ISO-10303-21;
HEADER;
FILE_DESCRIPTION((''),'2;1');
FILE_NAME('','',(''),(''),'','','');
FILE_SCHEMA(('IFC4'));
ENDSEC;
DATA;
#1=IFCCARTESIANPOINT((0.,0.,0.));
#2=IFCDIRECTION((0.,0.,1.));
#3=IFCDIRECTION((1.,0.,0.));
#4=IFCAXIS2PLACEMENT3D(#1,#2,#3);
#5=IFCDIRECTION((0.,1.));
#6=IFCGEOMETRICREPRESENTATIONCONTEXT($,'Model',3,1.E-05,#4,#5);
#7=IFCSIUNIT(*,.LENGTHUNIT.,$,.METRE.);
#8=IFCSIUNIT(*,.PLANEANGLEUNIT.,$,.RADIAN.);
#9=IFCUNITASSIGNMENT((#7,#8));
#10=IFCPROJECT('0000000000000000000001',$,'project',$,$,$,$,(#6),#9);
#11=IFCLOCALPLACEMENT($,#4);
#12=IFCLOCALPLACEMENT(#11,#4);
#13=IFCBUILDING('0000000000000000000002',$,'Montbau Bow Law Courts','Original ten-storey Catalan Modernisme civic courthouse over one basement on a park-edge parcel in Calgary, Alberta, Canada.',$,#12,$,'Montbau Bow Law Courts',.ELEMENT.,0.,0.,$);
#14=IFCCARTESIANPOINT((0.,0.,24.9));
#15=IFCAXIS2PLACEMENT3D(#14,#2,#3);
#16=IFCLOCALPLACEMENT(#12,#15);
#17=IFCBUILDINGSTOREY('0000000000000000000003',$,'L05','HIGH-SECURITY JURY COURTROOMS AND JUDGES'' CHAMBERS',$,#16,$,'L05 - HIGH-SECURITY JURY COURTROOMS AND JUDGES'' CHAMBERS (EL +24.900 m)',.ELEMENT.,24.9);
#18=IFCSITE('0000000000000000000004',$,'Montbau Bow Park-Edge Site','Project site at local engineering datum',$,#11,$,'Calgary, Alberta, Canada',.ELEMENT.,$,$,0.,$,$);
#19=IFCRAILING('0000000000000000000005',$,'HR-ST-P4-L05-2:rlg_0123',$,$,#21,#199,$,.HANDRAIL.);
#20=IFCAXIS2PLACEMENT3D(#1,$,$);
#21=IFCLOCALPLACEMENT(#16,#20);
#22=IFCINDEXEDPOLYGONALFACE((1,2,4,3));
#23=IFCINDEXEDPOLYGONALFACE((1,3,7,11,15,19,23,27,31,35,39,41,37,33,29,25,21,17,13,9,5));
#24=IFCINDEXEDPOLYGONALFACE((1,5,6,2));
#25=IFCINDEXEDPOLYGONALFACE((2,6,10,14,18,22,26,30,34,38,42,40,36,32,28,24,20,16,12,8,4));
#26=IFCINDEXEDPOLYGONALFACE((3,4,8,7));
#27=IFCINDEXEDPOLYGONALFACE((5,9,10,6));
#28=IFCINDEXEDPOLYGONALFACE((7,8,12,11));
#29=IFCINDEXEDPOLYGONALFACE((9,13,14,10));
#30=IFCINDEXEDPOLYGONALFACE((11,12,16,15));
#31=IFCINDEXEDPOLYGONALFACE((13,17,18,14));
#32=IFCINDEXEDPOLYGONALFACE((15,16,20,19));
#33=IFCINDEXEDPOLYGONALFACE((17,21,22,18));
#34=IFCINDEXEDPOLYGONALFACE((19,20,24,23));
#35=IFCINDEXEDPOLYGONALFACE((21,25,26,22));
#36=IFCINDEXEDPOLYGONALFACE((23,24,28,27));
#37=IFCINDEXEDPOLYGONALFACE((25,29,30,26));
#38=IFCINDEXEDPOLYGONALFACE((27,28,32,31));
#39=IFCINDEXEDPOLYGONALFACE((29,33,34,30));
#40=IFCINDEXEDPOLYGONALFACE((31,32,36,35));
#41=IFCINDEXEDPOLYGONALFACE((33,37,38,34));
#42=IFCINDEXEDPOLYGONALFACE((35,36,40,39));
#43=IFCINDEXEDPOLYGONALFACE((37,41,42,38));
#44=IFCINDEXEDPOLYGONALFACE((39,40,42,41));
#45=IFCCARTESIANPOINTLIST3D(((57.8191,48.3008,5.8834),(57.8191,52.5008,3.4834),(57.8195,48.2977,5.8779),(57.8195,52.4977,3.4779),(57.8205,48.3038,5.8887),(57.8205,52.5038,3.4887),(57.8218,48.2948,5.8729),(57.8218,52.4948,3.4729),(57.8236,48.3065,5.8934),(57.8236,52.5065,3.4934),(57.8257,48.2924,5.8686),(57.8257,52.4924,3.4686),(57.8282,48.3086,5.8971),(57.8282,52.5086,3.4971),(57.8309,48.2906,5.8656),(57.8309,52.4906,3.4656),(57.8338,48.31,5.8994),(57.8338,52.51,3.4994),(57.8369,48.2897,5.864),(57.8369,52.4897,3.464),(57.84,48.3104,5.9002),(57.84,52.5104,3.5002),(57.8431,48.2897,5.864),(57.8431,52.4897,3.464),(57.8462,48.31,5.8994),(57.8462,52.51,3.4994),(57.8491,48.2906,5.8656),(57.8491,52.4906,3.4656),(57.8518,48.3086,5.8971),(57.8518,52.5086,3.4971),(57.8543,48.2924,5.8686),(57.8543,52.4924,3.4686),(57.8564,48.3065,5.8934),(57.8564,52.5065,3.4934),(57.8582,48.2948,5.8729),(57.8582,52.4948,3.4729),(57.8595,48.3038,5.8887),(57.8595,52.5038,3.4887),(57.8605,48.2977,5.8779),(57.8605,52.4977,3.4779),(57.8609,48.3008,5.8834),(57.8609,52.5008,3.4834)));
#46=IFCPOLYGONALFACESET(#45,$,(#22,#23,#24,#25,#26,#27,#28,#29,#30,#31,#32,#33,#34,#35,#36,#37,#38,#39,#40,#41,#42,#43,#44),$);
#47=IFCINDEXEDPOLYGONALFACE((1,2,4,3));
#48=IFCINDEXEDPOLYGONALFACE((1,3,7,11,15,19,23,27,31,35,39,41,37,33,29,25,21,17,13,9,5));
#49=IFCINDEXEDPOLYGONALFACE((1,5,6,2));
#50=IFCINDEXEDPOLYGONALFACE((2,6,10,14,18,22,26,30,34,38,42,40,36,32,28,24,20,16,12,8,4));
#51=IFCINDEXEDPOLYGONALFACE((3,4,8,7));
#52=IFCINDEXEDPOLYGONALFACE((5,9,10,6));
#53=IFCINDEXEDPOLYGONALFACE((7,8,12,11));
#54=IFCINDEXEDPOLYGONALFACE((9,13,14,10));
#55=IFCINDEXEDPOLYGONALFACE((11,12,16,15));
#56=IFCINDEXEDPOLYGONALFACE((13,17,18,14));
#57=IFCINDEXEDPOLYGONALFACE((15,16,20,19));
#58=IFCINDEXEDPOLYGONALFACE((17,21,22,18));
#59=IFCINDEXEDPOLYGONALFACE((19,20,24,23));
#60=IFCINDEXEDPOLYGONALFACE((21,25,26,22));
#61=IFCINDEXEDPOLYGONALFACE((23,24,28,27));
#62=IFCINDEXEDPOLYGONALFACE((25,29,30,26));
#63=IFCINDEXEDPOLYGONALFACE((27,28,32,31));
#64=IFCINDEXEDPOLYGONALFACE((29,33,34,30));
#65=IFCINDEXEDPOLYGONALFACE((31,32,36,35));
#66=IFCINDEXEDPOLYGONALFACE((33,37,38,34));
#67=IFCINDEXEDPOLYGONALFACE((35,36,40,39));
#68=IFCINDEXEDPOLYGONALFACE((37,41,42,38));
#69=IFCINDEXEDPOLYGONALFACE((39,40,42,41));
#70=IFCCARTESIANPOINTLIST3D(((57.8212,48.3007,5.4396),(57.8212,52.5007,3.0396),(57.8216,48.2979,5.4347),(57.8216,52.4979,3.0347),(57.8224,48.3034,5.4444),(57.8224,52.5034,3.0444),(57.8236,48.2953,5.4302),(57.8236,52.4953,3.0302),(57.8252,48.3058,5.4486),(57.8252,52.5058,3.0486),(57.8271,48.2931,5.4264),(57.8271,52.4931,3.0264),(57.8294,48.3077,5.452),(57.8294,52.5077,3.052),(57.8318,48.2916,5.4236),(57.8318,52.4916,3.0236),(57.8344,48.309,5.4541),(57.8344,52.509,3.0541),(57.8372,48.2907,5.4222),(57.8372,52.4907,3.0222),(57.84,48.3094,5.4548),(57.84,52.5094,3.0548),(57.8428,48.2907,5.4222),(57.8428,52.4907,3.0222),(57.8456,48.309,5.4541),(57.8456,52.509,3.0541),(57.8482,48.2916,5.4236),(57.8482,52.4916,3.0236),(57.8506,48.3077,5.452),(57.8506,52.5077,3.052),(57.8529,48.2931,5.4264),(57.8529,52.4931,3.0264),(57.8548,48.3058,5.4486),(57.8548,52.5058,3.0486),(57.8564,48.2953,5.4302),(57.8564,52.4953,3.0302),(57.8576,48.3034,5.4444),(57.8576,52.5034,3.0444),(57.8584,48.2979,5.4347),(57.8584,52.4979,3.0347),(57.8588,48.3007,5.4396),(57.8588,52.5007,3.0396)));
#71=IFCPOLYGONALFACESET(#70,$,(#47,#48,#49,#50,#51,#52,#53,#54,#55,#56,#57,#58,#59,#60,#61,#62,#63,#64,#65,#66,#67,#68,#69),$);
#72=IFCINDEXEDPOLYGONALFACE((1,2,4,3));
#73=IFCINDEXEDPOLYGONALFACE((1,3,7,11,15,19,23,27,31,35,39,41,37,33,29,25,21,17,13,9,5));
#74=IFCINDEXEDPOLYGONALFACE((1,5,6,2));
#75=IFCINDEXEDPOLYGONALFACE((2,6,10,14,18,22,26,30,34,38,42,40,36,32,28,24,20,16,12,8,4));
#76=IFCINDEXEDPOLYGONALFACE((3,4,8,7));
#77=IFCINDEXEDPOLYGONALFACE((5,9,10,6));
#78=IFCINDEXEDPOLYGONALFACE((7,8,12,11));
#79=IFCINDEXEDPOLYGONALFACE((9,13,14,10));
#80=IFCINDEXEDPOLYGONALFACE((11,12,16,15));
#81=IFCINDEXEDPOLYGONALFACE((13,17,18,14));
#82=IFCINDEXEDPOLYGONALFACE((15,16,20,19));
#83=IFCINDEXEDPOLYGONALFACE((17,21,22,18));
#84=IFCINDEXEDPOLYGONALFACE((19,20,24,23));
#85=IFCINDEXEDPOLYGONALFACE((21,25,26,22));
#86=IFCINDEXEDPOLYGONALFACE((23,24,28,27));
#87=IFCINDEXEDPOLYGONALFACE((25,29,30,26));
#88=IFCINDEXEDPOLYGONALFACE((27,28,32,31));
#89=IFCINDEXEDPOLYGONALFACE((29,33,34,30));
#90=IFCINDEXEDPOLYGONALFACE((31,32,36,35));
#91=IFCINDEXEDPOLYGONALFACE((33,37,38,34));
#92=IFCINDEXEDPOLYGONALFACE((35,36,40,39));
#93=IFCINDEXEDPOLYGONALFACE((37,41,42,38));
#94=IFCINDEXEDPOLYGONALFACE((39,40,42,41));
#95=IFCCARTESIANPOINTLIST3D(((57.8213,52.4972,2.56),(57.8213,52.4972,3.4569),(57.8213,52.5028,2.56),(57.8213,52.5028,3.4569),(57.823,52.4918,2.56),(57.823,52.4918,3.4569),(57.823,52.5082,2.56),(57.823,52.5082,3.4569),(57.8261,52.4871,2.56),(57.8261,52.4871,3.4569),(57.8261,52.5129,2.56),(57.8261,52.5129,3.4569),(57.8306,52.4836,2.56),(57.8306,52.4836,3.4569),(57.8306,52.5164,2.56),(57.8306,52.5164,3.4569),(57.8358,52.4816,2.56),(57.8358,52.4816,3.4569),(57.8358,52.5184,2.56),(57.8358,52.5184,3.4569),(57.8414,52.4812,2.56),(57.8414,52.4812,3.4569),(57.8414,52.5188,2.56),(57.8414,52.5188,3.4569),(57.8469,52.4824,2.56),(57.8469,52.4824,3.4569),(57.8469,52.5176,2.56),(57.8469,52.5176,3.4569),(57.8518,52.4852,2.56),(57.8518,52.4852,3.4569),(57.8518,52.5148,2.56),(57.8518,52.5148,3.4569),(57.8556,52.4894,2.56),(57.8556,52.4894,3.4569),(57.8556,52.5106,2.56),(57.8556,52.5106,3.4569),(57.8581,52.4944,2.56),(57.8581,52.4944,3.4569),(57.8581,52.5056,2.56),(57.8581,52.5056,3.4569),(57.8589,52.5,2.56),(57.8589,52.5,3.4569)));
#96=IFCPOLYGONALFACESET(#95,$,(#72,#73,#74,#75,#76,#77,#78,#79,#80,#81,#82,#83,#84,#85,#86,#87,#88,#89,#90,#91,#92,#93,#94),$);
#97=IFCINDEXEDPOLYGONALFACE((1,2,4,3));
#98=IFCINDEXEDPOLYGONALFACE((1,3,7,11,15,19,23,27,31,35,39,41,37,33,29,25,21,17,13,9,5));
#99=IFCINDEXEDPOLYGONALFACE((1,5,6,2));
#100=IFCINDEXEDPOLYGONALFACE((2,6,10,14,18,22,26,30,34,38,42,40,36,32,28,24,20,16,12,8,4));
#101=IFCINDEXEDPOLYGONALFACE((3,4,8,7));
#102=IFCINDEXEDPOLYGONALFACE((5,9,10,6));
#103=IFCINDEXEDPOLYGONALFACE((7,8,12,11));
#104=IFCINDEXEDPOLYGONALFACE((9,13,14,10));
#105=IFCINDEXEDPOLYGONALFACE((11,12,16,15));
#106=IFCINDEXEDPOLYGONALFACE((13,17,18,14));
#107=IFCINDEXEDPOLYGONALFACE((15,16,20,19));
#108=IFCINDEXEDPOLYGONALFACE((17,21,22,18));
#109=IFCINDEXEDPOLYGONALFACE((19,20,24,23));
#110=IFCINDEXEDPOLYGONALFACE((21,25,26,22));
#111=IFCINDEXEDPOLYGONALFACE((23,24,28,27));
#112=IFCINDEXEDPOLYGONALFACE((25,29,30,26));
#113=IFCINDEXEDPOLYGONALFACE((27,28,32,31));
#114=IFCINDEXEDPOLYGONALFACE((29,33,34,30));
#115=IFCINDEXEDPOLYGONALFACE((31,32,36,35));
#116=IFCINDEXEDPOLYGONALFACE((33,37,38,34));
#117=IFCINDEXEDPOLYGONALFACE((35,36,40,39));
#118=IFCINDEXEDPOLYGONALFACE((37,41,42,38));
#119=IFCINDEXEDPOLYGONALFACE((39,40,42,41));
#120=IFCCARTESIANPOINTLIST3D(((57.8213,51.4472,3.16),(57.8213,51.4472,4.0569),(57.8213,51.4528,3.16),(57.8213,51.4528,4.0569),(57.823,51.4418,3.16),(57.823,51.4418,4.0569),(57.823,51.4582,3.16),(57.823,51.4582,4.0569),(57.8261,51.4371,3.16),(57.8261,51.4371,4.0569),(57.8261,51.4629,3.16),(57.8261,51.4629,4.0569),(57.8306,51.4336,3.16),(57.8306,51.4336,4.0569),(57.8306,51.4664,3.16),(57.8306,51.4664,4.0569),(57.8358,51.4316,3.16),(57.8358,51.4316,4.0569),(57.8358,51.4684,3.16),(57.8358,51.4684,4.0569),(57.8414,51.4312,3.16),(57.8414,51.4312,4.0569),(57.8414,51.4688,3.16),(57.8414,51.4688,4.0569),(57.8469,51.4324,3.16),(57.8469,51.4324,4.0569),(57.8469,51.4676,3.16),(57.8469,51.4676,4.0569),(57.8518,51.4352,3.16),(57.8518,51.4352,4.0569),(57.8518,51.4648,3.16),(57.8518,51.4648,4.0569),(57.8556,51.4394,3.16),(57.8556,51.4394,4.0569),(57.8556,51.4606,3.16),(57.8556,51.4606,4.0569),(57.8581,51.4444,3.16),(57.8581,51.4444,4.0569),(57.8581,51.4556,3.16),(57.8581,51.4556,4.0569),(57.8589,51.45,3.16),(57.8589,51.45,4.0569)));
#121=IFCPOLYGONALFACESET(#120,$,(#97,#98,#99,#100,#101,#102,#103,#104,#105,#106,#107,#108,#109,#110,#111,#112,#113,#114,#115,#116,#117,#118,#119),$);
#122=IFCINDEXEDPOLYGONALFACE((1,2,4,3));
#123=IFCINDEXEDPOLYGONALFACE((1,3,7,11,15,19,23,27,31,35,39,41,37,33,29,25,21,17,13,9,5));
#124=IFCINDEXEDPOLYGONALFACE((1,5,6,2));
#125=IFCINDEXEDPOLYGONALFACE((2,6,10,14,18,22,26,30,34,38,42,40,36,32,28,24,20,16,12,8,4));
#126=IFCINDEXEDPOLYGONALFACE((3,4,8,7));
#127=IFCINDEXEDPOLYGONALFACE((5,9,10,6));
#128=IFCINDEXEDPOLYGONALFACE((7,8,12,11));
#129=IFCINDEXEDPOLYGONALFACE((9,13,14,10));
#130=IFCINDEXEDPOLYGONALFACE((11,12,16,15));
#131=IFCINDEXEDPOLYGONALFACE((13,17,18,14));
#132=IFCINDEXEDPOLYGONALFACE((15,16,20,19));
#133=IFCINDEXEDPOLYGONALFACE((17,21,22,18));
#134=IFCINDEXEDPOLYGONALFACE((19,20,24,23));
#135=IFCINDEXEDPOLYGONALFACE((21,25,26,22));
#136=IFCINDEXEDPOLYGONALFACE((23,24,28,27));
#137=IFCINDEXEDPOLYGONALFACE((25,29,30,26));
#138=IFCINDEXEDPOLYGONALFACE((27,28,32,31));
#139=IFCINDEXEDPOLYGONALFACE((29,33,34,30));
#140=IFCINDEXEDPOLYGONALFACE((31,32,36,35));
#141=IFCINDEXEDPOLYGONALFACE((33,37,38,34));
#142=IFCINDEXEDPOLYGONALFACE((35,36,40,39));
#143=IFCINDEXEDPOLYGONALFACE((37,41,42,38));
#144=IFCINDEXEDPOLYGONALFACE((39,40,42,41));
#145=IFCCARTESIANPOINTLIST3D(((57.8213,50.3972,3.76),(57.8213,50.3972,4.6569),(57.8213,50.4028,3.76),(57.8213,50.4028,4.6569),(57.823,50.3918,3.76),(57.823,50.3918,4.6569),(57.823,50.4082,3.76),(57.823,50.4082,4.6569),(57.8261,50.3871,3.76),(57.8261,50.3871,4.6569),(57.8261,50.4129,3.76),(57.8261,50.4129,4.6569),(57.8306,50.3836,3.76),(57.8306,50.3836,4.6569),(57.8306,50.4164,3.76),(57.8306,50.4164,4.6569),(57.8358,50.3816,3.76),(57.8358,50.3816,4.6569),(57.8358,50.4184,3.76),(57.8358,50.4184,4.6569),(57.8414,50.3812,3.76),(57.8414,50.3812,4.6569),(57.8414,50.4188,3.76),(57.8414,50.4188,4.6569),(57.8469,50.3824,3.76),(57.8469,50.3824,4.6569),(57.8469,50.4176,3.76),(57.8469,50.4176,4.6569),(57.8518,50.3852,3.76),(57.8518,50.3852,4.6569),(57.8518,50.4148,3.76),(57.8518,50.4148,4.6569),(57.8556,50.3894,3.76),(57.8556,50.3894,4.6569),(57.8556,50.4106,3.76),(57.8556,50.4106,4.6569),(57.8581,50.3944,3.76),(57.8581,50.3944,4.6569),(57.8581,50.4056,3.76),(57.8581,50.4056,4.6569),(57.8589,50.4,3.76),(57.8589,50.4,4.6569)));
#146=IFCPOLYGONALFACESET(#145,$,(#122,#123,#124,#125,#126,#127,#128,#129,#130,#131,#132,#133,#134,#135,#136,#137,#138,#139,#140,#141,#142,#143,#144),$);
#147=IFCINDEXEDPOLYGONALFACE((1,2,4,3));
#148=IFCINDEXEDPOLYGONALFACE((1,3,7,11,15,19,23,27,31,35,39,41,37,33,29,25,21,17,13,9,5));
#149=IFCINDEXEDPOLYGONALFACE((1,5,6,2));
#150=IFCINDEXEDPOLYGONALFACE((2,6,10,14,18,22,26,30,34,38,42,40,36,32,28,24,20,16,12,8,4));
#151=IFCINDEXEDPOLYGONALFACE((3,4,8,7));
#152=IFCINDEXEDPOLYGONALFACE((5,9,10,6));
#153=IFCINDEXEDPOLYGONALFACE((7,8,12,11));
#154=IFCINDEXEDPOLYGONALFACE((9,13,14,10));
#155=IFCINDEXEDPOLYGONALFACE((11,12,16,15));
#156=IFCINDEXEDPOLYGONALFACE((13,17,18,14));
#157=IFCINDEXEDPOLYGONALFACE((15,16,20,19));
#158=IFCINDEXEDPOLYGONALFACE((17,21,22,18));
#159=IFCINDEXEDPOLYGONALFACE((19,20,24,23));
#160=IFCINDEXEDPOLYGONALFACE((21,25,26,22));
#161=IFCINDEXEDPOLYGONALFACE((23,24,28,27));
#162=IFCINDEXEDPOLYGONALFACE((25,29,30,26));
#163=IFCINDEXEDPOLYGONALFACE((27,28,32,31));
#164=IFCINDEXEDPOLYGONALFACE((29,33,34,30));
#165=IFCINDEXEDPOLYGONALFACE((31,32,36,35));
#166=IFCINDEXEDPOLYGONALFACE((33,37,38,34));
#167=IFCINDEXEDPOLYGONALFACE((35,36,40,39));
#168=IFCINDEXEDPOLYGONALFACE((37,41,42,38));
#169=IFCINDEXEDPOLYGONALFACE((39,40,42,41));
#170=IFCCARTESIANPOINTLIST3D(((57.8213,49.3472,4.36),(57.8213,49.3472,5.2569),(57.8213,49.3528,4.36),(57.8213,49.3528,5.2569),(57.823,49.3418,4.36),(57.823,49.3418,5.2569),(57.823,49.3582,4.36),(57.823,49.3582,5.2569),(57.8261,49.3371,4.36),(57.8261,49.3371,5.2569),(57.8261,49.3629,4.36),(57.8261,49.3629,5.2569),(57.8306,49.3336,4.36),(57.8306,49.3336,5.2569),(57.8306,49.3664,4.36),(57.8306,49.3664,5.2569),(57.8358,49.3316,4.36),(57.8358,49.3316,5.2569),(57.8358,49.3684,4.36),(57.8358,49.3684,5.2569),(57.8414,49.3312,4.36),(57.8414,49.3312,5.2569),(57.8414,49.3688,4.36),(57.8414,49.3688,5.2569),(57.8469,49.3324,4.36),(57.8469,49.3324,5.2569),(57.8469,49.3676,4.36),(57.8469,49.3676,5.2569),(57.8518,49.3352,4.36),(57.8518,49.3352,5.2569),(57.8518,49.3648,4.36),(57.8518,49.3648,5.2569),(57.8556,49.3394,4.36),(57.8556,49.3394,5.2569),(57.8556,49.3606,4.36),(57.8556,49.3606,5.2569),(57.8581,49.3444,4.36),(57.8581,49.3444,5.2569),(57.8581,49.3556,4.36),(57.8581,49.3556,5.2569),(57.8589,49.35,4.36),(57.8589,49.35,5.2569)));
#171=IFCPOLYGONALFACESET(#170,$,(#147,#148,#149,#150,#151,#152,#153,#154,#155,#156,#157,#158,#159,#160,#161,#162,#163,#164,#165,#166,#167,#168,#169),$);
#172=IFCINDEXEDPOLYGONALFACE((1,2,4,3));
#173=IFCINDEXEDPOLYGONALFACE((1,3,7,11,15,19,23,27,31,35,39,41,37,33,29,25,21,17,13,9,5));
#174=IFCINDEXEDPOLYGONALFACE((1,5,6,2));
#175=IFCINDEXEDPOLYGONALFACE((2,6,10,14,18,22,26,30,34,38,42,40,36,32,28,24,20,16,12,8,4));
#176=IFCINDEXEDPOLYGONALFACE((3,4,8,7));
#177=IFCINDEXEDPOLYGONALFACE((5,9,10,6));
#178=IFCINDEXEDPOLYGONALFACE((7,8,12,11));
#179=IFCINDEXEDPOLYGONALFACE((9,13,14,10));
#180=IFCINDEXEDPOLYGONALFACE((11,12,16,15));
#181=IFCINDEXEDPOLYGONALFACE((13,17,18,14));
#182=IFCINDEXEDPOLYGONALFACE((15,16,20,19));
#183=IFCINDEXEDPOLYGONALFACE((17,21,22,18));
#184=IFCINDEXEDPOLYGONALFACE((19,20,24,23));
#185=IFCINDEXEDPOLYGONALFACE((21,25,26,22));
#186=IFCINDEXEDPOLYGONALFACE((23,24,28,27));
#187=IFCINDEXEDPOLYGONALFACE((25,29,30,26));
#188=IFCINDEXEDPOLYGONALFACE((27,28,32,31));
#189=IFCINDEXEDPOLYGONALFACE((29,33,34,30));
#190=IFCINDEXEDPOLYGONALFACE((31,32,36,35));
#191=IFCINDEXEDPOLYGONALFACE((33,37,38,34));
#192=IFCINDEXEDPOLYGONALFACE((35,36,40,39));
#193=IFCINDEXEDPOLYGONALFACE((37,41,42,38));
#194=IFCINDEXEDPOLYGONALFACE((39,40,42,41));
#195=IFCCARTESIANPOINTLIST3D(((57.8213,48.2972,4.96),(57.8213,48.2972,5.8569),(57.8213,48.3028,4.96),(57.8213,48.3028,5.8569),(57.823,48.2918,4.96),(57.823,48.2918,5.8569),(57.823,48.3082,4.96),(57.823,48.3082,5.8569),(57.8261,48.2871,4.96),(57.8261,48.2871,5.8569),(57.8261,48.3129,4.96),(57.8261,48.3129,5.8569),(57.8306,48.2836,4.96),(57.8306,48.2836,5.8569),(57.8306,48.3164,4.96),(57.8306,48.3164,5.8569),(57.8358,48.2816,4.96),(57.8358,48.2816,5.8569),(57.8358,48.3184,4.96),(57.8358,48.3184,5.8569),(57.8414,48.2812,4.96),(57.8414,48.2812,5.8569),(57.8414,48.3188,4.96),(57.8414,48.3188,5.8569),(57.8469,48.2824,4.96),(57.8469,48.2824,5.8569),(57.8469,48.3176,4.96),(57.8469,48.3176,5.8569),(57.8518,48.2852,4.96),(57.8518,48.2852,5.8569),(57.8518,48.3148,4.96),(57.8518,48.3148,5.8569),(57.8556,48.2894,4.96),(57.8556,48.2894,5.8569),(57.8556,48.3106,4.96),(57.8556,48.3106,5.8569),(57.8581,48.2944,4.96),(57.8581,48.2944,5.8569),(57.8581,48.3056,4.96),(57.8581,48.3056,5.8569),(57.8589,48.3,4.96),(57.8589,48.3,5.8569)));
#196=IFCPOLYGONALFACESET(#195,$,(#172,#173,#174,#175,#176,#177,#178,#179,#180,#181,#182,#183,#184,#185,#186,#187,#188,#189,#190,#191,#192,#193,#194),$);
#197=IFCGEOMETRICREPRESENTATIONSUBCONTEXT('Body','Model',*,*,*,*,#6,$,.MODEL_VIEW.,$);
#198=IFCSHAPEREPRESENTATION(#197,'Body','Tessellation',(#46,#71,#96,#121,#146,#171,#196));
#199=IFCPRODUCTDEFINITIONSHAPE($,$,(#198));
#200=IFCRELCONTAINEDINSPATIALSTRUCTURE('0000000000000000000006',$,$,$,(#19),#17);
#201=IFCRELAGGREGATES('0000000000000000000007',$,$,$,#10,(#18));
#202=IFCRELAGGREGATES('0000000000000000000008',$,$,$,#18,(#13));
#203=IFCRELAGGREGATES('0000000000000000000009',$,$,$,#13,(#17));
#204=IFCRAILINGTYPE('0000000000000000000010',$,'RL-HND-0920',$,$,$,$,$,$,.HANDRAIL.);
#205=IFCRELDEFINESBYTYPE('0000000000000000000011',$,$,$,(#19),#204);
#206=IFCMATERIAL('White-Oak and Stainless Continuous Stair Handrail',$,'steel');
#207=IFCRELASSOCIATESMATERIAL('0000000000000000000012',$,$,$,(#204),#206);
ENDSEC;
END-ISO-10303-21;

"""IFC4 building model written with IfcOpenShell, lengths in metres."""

from ifc_helpers import new_model, si_unit, direction, frame, origin_with_axes, origin_2d_with_axis, place, context, subcontext, project, spatial, circle, extrude, material, type_object, element, save


model = new_model("IFC4")

# Units and contexts
model_context = context("Model", 3, precision=1e-05, world=origin_with_axes(), true_north=direction((0.0, 1.0)))
body_context = subcontext(model_context, "Body", "Model", "MODEL_VIEW")
ifc_project = project(units=[si_unit("LENGTHUNIT", "METRE"), si_unit("PLANEANGLEUNIT", "RADIAN")], contexts=[model_context])

# Site, building, storey
site_placement = place(None, origin_with_axes())
site = spatial("IfcSite", under=ifc_project, at=site_placement, Name="Montbau Bow Park-Edge Site", Description="Project site at local engineering datum", LongName="Calgary, Alberta, Canada", CompositionType="ELEMENT", RefElevation=0.0)
building_placement = place(site_placement, origin_with_axes())
building = spatial("IfcBuilding", under=site, at=building_placement, Name="Montbau Bow Law Courts", Description="Original ten-storey Catalan Modernisme civic courthouse over one basement on a park-edge parcel in Calgary, Alberta, Canada.", LongName="Montbau Bow Law Courts", CompositionType="ELEMENT", ElevationOfRefHeight=0.0, ElevationOfTerrain=0.0)
storey_placement = place(building_placement, frame((0.0, 0.0, 24.9), z_axis=(0.0, 0.0, 1.0), x_axis=(1.0, 0.0, 0.0)))
storey = spatial("IfcBuildingStorey", under=building, at=storey_placement, Name="L05", Description="HIGH-SECURITY JURY COURTROOMS AND JUDGES' CHAMBERS", LongName="L05 - HIGH-SECURITY JURY COURTROOMS AND JUDGES' CHAMBERS (EL +24.900 m)", CompositionType="ELEMENT", Elevation=24.9)

# Railing
ifc_material_1 = material(Name="White-Oak and Stainless Continuous Stair Handrail", Category="steel")
railing_type_1 = type_object("IfcRailingType", Name="RL-HND-0920", PredefinedType="HANDRAIL", material=ifc_material_1)
railing_1_placement = place(None, origin_with_axes())
element("IfcRailing", 1, at=railing_1_placement, inside=storey, type_object=railing_type_1, Name="HR-ST-P4-L05-2:rlg_0123", PredefinedType="HANDRAIL", context=body_context, shape_type="SweptSolid", body=[
    extrude(circle(Radius=0.021, at=origin_2d_with_axis()), frame((57.84, 52.5, 28.382), z_axis=(0.0, -0.868243, 0.496139), x_axis=(0.0, 0.496139, 0.868243)), (0.0, 0.0, 1.0), 4.8374),
    extrude(circle(Radius=0.0189, at=origin_2d_with_axis()), frame((57.84, 52.5, 27.9384), z_axis=(0.0, -0.868243, 0.496139), x_axis=(0.0, 0.496139, 0.868243)), (0.0, 0.0, 1.0), 4.8374),
    extrude(circle(Radius=0.0189, at=origin_2d_with_axis()), frame((57.84, 52.5, 27.46), z_axis=(0.0, 0.0, 1.0), x_axis=(1.0, 0.0, 0.0)), (0.0, 0.0, 1.0), 0.8969),
    extrude(circle(Radius=0.0189, at=origin_2d_with_axis()), frame((57.84, 51.45, 28.06), z_axis=(0.0, 0.0, 1.0), x_axis=(1.0, 0.0, 0.0)), (0.0, 0.0, 1.0), 0.8969),
    extrude(circle(Radius=0.0189, at=origin_2d_with_axis()), frame((57.84, 50.4, 28.66), z_axis=(0.0, 0.0, 1.0), x_axis=(1.0, 0.0, 0.0)), (0.0, 0.0, 1.0), 0.8969),
    extrude(circle(Radius=0.0189, at=origin_2d_with_axis()), frame((57.84, 49.35, 29.26), z_axis=(0.0, 0.0, 1.0), x_axis=(1.0, 0.0, 0.0)), (0.0, 0.0, 1.0), 0.8969),
    extrude(circle(Radius=0.0189, at=origin_2d_with_axis()), frame((57.84, 48.3, 29.86), z_axis=(0.0, 0.0, 1.0), x_axis=(1.0, 0.0, 0.0)), (0.0, 0.0, 1.0), 0.8969),
])

save(model, "model.ifc")
